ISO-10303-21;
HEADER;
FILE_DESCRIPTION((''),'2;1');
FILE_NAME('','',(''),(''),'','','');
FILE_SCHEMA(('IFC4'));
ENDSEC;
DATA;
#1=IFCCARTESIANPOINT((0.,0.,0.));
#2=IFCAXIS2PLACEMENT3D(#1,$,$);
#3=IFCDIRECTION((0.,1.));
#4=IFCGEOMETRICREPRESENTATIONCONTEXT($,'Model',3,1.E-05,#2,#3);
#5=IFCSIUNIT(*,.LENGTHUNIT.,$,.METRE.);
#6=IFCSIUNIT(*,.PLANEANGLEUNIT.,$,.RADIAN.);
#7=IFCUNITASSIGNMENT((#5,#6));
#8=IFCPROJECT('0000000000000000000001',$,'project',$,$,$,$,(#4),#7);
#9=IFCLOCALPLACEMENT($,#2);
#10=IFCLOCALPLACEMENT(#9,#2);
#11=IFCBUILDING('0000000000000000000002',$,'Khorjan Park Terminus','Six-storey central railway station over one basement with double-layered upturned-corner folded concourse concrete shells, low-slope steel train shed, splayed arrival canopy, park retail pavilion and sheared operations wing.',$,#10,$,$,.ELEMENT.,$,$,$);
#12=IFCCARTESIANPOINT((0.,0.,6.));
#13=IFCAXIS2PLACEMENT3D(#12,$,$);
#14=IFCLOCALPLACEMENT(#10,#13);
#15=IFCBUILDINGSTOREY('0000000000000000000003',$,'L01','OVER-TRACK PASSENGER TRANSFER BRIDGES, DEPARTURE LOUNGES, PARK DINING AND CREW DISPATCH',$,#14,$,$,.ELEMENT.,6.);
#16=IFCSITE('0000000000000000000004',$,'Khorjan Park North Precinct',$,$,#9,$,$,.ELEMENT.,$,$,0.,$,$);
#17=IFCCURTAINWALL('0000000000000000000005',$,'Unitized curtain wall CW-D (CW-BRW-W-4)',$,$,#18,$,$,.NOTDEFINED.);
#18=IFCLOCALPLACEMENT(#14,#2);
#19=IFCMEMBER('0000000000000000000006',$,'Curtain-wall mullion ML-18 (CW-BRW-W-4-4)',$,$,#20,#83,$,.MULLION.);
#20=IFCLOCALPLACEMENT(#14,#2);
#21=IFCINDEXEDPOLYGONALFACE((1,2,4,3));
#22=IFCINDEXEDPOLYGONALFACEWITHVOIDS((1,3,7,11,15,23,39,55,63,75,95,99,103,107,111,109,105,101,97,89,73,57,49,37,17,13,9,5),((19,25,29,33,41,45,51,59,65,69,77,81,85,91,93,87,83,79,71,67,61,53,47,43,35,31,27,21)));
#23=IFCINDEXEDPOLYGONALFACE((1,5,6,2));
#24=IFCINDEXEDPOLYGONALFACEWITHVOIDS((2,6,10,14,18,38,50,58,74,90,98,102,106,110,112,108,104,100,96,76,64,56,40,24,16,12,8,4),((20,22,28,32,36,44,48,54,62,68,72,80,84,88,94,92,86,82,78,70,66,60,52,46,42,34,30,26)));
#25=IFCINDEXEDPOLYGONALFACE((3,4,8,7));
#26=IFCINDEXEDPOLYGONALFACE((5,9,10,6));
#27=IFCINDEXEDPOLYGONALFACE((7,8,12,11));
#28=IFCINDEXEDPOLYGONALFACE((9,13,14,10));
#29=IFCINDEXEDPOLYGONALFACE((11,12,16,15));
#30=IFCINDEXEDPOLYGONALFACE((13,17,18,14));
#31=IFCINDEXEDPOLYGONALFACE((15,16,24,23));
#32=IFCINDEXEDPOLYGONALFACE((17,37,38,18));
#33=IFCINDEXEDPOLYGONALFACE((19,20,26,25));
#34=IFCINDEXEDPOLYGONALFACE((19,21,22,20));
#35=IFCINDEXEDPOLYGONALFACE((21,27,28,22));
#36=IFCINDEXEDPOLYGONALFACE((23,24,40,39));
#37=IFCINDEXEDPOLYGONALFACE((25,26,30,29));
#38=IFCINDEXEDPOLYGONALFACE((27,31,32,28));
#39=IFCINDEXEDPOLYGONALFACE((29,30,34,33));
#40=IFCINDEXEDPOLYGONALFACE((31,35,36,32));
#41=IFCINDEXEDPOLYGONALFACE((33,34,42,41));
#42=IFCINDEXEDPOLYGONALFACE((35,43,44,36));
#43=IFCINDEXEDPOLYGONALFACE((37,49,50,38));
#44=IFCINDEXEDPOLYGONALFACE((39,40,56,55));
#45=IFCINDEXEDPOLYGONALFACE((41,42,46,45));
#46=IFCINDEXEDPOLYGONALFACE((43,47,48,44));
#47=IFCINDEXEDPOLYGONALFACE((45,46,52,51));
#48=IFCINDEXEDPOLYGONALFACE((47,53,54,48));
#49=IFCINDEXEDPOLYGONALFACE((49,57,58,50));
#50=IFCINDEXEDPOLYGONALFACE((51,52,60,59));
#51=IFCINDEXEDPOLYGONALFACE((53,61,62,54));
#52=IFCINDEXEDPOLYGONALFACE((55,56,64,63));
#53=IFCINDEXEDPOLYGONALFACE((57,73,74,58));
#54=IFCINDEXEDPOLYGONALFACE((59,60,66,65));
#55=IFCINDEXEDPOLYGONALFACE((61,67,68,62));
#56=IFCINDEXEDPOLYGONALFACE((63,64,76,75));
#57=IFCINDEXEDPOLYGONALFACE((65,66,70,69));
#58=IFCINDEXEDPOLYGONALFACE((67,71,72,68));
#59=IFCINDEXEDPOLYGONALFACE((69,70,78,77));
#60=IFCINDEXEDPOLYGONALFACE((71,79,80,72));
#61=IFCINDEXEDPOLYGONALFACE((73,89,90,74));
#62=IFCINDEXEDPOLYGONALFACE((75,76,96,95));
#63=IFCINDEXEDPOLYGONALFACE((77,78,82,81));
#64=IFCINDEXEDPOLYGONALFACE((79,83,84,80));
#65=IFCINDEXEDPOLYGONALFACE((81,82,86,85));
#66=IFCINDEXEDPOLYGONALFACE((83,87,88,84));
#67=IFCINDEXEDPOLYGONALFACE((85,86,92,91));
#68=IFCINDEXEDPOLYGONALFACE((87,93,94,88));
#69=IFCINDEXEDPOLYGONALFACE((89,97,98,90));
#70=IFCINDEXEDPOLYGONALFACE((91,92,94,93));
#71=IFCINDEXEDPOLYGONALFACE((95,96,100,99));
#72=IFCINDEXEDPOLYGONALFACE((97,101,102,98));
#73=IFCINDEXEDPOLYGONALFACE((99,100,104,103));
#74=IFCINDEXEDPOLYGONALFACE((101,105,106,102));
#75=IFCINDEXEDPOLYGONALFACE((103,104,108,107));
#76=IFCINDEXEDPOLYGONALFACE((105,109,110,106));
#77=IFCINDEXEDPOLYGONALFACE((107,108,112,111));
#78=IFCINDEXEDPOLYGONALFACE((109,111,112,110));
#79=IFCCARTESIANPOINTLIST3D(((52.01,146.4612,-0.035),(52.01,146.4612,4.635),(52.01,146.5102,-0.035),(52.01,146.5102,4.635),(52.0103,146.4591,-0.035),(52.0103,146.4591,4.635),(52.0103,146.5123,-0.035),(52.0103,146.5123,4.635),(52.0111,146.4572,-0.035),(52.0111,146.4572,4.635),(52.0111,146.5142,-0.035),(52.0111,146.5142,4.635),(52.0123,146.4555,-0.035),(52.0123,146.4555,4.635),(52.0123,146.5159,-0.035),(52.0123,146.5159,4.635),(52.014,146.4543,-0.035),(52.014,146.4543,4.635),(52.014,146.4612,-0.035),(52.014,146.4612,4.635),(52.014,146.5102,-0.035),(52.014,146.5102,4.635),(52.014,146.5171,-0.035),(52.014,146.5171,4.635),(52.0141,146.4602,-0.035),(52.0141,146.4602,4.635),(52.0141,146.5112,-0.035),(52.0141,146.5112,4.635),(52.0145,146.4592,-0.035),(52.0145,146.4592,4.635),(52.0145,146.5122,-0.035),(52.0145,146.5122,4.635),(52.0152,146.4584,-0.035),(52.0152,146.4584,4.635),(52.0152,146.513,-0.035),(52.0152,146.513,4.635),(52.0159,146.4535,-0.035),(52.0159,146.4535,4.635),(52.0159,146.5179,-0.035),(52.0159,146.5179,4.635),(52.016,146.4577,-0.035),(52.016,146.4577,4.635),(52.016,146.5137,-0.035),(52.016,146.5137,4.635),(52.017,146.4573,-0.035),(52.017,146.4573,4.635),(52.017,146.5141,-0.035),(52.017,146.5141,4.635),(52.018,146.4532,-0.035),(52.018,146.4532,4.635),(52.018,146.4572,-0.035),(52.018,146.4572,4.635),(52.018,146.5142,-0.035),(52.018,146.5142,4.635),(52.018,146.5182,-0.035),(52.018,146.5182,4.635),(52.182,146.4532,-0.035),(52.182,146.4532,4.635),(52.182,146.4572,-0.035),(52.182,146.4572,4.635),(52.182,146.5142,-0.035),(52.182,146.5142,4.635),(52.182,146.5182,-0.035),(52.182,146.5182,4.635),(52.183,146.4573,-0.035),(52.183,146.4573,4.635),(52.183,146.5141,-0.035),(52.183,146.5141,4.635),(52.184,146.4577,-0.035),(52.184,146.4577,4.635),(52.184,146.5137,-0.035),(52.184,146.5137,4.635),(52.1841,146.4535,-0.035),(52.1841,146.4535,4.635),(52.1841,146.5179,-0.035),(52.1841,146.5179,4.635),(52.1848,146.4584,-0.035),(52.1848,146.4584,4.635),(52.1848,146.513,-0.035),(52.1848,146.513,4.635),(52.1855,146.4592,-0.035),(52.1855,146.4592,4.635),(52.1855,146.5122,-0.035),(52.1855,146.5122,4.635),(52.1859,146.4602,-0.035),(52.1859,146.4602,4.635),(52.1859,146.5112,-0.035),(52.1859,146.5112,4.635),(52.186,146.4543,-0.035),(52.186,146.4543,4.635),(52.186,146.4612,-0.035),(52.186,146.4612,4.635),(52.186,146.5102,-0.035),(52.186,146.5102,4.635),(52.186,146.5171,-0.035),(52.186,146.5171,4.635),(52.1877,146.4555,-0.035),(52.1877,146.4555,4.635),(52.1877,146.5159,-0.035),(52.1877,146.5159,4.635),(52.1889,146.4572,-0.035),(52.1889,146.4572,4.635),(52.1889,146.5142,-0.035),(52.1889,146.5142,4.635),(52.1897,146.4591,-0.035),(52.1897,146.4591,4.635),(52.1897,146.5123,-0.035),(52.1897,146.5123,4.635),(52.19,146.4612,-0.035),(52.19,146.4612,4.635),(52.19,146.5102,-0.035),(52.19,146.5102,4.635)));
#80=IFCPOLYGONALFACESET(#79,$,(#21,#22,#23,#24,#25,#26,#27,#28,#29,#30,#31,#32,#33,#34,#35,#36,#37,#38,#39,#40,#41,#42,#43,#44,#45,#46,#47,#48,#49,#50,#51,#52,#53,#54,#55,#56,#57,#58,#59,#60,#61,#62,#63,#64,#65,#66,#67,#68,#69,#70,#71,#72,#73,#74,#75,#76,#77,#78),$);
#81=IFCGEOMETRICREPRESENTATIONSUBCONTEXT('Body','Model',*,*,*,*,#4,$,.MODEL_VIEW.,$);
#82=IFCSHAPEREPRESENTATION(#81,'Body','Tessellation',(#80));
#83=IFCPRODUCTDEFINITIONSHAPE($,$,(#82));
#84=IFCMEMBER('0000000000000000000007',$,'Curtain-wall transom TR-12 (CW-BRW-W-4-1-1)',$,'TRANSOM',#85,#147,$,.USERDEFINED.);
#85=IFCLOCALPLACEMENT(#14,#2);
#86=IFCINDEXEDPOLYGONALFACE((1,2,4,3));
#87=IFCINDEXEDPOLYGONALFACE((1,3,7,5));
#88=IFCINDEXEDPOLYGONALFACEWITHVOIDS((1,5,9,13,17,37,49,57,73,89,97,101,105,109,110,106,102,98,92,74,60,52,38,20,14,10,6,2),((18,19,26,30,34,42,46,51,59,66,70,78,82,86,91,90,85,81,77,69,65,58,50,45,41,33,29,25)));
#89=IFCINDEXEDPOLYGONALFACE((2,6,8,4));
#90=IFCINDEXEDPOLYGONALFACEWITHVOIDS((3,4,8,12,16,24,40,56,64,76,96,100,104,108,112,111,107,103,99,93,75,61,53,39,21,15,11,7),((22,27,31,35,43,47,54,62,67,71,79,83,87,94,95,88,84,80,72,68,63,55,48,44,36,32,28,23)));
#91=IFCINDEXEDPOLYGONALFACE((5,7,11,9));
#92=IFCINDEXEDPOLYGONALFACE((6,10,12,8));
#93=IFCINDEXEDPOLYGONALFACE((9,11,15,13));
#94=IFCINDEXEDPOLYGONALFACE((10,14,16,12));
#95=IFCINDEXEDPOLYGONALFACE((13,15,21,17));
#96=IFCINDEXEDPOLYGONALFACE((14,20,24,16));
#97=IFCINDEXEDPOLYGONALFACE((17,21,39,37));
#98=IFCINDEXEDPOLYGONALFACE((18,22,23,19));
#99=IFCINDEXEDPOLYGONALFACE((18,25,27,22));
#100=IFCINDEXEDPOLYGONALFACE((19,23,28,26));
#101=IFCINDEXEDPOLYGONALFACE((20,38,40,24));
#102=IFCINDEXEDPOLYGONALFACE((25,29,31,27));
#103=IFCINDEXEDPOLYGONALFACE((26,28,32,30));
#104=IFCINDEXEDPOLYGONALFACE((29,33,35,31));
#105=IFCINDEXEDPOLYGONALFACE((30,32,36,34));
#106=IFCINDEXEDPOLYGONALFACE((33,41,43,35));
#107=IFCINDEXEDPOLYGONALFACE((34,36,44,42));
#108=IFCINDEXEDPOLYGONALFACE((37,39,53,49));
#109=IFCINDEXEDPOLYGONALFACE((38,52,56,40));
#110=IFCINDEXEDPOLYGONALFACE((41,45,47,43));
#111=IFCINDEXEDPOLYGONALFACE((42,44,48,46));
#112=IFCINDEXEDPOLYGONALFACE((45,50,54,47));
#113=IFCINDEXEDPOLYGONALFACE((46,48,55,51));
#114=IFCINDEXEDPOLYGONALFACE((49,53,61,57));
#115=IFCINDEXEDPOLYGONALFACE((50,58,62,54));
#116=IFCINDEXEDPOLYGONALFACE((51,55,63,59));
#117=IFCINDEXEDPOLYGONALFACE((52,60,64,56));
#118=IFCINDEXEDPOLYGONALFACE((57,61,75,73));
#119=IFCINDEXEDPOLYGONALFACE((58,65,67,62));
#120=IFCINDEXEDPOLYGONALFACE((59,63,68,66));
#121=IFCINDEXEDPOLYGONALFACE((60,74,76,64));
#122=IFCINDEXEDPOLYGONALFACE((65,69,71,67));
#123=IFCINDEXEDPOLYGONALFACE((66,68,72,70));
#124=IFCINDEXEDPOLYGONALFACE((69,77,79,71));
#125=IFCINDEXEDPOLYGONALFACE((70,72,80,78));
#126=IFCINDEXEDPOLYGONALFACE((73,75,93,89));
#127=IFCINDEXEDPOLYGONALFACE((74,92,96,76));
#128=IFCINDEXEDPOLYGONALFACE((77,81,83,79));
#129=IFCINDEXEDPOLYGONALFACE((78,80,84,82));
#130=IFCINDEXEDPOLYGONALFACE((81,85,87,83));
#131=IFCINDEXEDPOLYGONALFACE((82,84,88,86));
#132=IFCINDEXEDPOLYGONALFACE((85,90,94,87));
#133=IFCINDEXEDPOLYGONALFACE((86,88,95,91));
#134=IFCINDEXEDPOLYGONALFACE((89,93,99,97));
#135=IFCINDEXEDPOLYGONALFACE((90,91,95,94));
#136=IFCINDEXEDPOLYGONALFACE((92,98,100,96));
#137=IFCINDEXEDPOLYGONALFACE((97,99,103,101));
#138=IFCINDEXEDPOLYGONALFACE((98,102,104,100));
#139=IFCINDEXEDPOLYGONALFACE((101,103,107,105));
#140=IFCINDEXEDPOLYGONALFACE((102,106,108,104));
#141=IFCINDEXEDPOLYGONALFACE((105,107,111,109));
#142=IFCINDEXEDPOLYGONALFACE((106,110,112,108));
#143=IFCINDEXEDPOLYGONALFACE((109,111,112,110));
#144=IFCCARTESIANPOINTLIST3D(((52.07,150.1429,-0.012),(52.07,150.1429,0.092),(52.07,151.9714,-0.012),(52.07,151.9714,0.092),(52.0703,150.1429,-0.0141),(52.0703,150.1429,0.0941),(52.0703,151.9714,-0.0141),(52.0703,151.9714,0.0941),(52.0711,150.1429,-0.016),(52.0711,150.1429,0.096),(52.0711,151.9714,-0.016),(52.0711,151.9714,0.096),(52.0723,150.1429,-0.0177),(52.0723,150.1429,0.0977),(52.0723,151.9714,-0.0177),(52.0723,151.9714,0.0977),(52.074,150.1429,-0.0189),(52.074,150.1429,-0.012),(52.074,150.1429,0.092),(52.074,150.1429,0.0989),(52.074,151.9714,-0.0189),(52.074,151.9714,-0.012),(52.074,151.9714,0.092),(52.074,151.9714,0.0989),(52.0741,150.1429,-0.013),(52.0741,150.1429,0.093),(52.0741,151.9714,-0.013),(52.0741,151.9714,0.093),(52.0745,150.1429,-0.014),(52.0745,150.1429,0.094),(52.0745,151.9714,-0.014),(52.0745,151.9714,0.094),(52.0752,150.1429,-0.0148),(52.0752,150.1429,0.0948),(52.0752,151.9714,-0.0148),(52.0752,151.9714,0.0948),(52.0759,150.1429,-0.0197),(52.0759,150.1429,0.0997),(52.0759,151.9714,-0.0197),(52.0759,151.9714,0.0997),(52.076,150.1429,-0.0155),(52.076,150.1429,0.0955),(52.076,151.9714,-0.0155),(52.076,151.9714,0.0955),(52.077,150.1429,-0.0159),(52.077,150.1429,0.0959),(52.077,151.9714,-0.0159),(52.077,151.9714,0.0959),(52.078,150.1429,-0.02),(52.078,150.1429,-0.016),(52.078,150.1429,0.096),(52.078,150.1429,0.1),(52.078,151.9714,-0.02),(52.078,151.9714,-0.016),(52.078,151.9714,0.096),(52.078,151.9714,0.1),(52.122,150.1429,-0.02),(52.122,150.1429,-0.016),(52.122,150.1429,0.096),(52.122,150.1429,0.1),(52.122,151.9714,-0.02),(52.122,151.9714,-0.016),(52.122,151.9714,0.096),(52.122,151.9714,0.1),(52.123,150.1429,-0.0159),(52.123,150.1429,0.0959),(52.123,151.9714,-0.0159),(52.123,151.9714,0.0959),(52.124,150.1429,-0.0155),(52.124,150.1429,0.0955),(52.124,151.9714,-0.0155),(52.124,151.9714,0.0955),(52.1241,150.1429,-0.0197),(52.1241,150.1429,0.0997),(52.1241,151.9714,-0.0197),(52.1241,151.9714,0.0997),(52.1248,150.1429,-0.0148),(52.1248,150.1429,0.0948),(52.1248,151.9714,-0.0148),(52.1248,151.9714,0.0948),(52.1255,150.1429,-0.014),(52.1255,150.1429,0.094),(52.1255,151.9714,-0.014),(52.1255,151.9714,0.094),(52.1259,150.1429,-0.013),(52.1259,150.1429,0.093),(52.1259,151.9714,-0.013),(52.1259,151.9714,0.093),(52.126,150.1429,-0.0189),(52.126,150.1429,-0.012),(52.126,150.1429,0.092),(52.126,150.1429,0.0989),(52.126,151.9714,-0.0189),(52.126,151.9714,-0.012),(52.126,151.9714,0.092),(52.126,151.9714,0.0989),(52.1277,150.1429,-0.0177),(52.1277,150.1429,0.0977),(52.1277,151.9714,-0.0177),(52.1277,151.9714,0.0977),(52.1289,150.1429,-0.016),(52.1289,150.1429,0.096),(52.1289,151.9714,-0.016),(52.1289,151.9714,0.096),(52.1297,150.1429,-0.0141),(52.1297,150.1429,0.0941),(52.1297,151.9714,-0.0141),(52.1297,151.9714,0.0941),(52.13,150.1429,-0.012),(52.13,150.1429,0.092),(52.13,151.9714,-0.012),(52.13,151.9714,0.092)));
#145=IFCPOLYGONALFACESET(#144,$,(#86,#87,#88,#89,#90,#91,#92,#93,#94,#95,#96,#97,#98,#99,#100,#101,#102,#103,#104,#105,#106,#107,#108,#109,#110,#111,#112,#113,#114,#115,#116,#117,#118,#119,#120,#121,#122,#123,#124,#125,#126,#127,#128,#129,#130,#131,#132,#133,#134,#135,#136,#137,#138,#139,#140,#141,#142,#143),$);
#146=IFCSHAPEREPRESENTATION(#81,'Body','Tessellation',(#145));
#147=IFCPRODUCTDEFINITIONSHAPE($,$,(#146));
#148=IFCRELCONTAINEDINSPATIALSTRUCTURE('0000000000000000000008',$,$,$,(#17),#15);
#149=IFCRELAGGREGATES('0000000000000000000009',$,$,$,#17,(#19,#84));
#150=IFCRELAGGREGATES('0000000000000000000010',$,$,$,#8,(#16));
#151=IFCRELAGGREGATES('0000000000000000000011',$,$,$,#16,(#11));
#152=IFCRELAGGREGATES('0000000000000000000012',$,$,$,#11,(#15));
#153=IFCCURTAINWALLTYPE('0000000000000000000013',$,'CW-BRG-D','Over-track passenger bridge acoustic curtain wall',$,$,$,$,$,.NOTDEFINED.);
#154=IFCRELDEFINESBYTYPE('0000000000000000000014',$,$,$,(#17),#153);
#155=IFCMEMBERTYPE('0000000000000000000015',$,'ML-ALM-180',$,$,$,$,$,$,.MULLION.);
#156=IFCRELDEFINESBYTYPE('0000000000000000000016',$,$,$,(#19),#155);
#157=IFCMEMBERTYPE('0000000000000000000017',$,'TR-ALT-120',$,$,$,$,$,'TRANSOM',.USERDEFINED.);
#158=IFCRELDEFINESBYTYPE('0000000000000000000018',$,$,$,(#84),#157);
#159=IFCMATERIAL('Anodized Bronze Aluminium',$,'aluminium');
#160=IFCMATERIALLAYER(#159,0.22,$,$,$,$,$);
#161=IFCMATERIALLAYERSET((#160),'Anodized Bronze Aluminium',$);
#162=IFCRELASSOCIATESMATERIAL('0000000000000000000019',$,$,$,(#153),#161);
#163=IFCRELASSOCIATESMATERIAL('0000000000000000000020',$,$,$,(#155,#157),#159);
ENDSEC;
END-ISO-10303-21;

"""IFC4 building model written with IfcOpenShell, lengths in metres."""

from ifc_helpers import new_model, si_unit, direction, frame, origin, origin_2d, place, context, subcontext, project, spatial, hollow_rectangle, extrude, material, layer, layer_set, material_profile, profile_set, type_object, element, aggregate, save


model = new_model("IFC4")

# Units and contexts
model_context = context("Model", 3, precision=1e-05, world=origin(), true_north=direction((0.0, 1.0)))
body_context = subcontext(model_context, "Body", "Model", "MODEL_VIEW")
ifc_project = project(units=[si_unit("LENGTHUNIT", "METRE"), si_unit("PLANEANGLEUNIT", "RADIAN")], contexts=[model_context])

# Site, building, storey
site_placement = place(None, origin())
site = spatial("IfcSite", under=ifc_project, at=site_placement, Name="Khorjan Park North Precinct", CompositionType="ELEMENT", RefElevation=0.0)
building_placement = place(site_placement, origin())
building = spatial("IfcBuilding", under=site, at=building_placement, Name="Khorjan Park Terminus", Description="Six-storey central railway station over one basement with double-layered upturned-corner folded concourse concrete shells, low-slope steel train shed, splayed arrival canopy, park retail pavilion and sheared operations wing.", CompositionType="ELEMENT")
storey_placement = place(building_placement, frame((0.0, 0.0, 6.0)))
storey = spatial("IfcBuildingStorey", under=building, at=storey_placement, Name="L01", Description="OVER-TRACK PASSENGER TRANSFER BRIDGES, DEPARTURE LOUNGES, PARK DINING AND CREW DISPATCH", CompositionType="ELEMENT", Elevation=6.0)

# Curtain wall, members
ifc_material_1 = material(Name="Anodized Bronze Aluminium", Category="aluminium")
ifc_layer_1 = layer(ifc_material_1, 0.22)
ifc_layer_set_1 = layer_set([ifc_layer_1], Name="Anodized Bronze Aluminium")
curtain_wall_type = type_object("IfcCurtainWallType", Name="CW-BRG-D", Description="Over-track passenger bridge acoustic curtain wall", PredefinedType="NOTDEFINED", material=ifc_layer_set_1)
curtain_wall_placement = place(storey_placement, origin())
curtain_wall = element("IfcCurtainWall", 1, at=curtain_wall_placement, inside=storey, type_object=curtain_wall_type, Name="Unitized curtain wall CW-D (CW-BRW-W-4)", PredefinedType="NOTDEFINED")
ifc_material_profile_1 = material_profile(ifc_material_1, hollow_rectangle(XDim=0.065, YDim=0.18, WallThickness=0.004, InnerFilletRadius=0.004, OuterFilletRadius=0.008, at=origin_2d()), Name="ALM 65x180x4")
ifc_profile_set_1 = profile_set([ifc_material_profile_1], Name="Anodized Bronze Aluminium")
member_type_1 = type_object("IfcMemberType", Name="ML-ALM-180", PredefinedType="MULLION", material=ifc_profile_set_1)
member_1_placement = place(storey_placement, frame((52.1, 146.4857, -0.035), z_axis=(0.0, 0.0, 1.0), x_axis=(0.0, -1.0, 0.0)))
member_1 = element("IfcMember", 2, at=member_1_placement, type_object=member_type_1, Name="Curtain-wall mullion ML-18 (CW-BRW-W-4-4)", PredefinedType="MULLION", context=body_context, shape_type="SweptSolid", body=[
    extrude(hollow_rectangle(XDim=0.065, YDim=0.18, WallThickness=0.004, InnerFilletRadius=0.004, OuterFilletRadius=0.008, at=origin_2d()), origin(), (0.0, 0.0, 1.0), 4.67),
])
ifc_material_profile_2 = material_profile(ifc_material_1, hollow_rectangle(XDim=0.06, YDim=0.12, WallThickness=0.004, InnerFilletRadius=0.004, OuterFilletRadius=0.008, at=origin_2d()), Name="ALT 60x120x4")
ifc_profile_set_2 = profile_set([ifc_material_profile_2], Name="Anodized Bronze Aluminium")
member_type_2 = type_object("IfcMemberType", Name="TR-ALT-120", ElementType="TRANSOM", PredefinedType="USERDEFINED", material=ifc_profile_set_2)
member_2_placement = place(storey_placement, frame((52.1, 151.9714, 0.04), z_axis=(0.0, -1.0, 0.0), x_axis=(1.0, 0.0, 0.0)))
member_2 = element("IfcMember", 3, at=member_2_placement, type_object=member_type_2, Name="Curtain-wall transom TR-12 (CW-BRW-W-4-1-1)", ObjectType="TRANSOM", PredefinedType="USERDEFINED", context=body_context, shape_type="SweptSolid", body=[
    extrude(hollow_rectangle(XDim=0.06, YDim=0.12, WallThickness=0.004, InnerFilletRadius=0.004, OuterFilletRadius=0.008, at=origin_2d()), origin(), (0.0, 0.0, 1.0), 1.8285),
])
aggregate(curtain_wall, [member_1, member_2])

save(model, "model.ifc")
